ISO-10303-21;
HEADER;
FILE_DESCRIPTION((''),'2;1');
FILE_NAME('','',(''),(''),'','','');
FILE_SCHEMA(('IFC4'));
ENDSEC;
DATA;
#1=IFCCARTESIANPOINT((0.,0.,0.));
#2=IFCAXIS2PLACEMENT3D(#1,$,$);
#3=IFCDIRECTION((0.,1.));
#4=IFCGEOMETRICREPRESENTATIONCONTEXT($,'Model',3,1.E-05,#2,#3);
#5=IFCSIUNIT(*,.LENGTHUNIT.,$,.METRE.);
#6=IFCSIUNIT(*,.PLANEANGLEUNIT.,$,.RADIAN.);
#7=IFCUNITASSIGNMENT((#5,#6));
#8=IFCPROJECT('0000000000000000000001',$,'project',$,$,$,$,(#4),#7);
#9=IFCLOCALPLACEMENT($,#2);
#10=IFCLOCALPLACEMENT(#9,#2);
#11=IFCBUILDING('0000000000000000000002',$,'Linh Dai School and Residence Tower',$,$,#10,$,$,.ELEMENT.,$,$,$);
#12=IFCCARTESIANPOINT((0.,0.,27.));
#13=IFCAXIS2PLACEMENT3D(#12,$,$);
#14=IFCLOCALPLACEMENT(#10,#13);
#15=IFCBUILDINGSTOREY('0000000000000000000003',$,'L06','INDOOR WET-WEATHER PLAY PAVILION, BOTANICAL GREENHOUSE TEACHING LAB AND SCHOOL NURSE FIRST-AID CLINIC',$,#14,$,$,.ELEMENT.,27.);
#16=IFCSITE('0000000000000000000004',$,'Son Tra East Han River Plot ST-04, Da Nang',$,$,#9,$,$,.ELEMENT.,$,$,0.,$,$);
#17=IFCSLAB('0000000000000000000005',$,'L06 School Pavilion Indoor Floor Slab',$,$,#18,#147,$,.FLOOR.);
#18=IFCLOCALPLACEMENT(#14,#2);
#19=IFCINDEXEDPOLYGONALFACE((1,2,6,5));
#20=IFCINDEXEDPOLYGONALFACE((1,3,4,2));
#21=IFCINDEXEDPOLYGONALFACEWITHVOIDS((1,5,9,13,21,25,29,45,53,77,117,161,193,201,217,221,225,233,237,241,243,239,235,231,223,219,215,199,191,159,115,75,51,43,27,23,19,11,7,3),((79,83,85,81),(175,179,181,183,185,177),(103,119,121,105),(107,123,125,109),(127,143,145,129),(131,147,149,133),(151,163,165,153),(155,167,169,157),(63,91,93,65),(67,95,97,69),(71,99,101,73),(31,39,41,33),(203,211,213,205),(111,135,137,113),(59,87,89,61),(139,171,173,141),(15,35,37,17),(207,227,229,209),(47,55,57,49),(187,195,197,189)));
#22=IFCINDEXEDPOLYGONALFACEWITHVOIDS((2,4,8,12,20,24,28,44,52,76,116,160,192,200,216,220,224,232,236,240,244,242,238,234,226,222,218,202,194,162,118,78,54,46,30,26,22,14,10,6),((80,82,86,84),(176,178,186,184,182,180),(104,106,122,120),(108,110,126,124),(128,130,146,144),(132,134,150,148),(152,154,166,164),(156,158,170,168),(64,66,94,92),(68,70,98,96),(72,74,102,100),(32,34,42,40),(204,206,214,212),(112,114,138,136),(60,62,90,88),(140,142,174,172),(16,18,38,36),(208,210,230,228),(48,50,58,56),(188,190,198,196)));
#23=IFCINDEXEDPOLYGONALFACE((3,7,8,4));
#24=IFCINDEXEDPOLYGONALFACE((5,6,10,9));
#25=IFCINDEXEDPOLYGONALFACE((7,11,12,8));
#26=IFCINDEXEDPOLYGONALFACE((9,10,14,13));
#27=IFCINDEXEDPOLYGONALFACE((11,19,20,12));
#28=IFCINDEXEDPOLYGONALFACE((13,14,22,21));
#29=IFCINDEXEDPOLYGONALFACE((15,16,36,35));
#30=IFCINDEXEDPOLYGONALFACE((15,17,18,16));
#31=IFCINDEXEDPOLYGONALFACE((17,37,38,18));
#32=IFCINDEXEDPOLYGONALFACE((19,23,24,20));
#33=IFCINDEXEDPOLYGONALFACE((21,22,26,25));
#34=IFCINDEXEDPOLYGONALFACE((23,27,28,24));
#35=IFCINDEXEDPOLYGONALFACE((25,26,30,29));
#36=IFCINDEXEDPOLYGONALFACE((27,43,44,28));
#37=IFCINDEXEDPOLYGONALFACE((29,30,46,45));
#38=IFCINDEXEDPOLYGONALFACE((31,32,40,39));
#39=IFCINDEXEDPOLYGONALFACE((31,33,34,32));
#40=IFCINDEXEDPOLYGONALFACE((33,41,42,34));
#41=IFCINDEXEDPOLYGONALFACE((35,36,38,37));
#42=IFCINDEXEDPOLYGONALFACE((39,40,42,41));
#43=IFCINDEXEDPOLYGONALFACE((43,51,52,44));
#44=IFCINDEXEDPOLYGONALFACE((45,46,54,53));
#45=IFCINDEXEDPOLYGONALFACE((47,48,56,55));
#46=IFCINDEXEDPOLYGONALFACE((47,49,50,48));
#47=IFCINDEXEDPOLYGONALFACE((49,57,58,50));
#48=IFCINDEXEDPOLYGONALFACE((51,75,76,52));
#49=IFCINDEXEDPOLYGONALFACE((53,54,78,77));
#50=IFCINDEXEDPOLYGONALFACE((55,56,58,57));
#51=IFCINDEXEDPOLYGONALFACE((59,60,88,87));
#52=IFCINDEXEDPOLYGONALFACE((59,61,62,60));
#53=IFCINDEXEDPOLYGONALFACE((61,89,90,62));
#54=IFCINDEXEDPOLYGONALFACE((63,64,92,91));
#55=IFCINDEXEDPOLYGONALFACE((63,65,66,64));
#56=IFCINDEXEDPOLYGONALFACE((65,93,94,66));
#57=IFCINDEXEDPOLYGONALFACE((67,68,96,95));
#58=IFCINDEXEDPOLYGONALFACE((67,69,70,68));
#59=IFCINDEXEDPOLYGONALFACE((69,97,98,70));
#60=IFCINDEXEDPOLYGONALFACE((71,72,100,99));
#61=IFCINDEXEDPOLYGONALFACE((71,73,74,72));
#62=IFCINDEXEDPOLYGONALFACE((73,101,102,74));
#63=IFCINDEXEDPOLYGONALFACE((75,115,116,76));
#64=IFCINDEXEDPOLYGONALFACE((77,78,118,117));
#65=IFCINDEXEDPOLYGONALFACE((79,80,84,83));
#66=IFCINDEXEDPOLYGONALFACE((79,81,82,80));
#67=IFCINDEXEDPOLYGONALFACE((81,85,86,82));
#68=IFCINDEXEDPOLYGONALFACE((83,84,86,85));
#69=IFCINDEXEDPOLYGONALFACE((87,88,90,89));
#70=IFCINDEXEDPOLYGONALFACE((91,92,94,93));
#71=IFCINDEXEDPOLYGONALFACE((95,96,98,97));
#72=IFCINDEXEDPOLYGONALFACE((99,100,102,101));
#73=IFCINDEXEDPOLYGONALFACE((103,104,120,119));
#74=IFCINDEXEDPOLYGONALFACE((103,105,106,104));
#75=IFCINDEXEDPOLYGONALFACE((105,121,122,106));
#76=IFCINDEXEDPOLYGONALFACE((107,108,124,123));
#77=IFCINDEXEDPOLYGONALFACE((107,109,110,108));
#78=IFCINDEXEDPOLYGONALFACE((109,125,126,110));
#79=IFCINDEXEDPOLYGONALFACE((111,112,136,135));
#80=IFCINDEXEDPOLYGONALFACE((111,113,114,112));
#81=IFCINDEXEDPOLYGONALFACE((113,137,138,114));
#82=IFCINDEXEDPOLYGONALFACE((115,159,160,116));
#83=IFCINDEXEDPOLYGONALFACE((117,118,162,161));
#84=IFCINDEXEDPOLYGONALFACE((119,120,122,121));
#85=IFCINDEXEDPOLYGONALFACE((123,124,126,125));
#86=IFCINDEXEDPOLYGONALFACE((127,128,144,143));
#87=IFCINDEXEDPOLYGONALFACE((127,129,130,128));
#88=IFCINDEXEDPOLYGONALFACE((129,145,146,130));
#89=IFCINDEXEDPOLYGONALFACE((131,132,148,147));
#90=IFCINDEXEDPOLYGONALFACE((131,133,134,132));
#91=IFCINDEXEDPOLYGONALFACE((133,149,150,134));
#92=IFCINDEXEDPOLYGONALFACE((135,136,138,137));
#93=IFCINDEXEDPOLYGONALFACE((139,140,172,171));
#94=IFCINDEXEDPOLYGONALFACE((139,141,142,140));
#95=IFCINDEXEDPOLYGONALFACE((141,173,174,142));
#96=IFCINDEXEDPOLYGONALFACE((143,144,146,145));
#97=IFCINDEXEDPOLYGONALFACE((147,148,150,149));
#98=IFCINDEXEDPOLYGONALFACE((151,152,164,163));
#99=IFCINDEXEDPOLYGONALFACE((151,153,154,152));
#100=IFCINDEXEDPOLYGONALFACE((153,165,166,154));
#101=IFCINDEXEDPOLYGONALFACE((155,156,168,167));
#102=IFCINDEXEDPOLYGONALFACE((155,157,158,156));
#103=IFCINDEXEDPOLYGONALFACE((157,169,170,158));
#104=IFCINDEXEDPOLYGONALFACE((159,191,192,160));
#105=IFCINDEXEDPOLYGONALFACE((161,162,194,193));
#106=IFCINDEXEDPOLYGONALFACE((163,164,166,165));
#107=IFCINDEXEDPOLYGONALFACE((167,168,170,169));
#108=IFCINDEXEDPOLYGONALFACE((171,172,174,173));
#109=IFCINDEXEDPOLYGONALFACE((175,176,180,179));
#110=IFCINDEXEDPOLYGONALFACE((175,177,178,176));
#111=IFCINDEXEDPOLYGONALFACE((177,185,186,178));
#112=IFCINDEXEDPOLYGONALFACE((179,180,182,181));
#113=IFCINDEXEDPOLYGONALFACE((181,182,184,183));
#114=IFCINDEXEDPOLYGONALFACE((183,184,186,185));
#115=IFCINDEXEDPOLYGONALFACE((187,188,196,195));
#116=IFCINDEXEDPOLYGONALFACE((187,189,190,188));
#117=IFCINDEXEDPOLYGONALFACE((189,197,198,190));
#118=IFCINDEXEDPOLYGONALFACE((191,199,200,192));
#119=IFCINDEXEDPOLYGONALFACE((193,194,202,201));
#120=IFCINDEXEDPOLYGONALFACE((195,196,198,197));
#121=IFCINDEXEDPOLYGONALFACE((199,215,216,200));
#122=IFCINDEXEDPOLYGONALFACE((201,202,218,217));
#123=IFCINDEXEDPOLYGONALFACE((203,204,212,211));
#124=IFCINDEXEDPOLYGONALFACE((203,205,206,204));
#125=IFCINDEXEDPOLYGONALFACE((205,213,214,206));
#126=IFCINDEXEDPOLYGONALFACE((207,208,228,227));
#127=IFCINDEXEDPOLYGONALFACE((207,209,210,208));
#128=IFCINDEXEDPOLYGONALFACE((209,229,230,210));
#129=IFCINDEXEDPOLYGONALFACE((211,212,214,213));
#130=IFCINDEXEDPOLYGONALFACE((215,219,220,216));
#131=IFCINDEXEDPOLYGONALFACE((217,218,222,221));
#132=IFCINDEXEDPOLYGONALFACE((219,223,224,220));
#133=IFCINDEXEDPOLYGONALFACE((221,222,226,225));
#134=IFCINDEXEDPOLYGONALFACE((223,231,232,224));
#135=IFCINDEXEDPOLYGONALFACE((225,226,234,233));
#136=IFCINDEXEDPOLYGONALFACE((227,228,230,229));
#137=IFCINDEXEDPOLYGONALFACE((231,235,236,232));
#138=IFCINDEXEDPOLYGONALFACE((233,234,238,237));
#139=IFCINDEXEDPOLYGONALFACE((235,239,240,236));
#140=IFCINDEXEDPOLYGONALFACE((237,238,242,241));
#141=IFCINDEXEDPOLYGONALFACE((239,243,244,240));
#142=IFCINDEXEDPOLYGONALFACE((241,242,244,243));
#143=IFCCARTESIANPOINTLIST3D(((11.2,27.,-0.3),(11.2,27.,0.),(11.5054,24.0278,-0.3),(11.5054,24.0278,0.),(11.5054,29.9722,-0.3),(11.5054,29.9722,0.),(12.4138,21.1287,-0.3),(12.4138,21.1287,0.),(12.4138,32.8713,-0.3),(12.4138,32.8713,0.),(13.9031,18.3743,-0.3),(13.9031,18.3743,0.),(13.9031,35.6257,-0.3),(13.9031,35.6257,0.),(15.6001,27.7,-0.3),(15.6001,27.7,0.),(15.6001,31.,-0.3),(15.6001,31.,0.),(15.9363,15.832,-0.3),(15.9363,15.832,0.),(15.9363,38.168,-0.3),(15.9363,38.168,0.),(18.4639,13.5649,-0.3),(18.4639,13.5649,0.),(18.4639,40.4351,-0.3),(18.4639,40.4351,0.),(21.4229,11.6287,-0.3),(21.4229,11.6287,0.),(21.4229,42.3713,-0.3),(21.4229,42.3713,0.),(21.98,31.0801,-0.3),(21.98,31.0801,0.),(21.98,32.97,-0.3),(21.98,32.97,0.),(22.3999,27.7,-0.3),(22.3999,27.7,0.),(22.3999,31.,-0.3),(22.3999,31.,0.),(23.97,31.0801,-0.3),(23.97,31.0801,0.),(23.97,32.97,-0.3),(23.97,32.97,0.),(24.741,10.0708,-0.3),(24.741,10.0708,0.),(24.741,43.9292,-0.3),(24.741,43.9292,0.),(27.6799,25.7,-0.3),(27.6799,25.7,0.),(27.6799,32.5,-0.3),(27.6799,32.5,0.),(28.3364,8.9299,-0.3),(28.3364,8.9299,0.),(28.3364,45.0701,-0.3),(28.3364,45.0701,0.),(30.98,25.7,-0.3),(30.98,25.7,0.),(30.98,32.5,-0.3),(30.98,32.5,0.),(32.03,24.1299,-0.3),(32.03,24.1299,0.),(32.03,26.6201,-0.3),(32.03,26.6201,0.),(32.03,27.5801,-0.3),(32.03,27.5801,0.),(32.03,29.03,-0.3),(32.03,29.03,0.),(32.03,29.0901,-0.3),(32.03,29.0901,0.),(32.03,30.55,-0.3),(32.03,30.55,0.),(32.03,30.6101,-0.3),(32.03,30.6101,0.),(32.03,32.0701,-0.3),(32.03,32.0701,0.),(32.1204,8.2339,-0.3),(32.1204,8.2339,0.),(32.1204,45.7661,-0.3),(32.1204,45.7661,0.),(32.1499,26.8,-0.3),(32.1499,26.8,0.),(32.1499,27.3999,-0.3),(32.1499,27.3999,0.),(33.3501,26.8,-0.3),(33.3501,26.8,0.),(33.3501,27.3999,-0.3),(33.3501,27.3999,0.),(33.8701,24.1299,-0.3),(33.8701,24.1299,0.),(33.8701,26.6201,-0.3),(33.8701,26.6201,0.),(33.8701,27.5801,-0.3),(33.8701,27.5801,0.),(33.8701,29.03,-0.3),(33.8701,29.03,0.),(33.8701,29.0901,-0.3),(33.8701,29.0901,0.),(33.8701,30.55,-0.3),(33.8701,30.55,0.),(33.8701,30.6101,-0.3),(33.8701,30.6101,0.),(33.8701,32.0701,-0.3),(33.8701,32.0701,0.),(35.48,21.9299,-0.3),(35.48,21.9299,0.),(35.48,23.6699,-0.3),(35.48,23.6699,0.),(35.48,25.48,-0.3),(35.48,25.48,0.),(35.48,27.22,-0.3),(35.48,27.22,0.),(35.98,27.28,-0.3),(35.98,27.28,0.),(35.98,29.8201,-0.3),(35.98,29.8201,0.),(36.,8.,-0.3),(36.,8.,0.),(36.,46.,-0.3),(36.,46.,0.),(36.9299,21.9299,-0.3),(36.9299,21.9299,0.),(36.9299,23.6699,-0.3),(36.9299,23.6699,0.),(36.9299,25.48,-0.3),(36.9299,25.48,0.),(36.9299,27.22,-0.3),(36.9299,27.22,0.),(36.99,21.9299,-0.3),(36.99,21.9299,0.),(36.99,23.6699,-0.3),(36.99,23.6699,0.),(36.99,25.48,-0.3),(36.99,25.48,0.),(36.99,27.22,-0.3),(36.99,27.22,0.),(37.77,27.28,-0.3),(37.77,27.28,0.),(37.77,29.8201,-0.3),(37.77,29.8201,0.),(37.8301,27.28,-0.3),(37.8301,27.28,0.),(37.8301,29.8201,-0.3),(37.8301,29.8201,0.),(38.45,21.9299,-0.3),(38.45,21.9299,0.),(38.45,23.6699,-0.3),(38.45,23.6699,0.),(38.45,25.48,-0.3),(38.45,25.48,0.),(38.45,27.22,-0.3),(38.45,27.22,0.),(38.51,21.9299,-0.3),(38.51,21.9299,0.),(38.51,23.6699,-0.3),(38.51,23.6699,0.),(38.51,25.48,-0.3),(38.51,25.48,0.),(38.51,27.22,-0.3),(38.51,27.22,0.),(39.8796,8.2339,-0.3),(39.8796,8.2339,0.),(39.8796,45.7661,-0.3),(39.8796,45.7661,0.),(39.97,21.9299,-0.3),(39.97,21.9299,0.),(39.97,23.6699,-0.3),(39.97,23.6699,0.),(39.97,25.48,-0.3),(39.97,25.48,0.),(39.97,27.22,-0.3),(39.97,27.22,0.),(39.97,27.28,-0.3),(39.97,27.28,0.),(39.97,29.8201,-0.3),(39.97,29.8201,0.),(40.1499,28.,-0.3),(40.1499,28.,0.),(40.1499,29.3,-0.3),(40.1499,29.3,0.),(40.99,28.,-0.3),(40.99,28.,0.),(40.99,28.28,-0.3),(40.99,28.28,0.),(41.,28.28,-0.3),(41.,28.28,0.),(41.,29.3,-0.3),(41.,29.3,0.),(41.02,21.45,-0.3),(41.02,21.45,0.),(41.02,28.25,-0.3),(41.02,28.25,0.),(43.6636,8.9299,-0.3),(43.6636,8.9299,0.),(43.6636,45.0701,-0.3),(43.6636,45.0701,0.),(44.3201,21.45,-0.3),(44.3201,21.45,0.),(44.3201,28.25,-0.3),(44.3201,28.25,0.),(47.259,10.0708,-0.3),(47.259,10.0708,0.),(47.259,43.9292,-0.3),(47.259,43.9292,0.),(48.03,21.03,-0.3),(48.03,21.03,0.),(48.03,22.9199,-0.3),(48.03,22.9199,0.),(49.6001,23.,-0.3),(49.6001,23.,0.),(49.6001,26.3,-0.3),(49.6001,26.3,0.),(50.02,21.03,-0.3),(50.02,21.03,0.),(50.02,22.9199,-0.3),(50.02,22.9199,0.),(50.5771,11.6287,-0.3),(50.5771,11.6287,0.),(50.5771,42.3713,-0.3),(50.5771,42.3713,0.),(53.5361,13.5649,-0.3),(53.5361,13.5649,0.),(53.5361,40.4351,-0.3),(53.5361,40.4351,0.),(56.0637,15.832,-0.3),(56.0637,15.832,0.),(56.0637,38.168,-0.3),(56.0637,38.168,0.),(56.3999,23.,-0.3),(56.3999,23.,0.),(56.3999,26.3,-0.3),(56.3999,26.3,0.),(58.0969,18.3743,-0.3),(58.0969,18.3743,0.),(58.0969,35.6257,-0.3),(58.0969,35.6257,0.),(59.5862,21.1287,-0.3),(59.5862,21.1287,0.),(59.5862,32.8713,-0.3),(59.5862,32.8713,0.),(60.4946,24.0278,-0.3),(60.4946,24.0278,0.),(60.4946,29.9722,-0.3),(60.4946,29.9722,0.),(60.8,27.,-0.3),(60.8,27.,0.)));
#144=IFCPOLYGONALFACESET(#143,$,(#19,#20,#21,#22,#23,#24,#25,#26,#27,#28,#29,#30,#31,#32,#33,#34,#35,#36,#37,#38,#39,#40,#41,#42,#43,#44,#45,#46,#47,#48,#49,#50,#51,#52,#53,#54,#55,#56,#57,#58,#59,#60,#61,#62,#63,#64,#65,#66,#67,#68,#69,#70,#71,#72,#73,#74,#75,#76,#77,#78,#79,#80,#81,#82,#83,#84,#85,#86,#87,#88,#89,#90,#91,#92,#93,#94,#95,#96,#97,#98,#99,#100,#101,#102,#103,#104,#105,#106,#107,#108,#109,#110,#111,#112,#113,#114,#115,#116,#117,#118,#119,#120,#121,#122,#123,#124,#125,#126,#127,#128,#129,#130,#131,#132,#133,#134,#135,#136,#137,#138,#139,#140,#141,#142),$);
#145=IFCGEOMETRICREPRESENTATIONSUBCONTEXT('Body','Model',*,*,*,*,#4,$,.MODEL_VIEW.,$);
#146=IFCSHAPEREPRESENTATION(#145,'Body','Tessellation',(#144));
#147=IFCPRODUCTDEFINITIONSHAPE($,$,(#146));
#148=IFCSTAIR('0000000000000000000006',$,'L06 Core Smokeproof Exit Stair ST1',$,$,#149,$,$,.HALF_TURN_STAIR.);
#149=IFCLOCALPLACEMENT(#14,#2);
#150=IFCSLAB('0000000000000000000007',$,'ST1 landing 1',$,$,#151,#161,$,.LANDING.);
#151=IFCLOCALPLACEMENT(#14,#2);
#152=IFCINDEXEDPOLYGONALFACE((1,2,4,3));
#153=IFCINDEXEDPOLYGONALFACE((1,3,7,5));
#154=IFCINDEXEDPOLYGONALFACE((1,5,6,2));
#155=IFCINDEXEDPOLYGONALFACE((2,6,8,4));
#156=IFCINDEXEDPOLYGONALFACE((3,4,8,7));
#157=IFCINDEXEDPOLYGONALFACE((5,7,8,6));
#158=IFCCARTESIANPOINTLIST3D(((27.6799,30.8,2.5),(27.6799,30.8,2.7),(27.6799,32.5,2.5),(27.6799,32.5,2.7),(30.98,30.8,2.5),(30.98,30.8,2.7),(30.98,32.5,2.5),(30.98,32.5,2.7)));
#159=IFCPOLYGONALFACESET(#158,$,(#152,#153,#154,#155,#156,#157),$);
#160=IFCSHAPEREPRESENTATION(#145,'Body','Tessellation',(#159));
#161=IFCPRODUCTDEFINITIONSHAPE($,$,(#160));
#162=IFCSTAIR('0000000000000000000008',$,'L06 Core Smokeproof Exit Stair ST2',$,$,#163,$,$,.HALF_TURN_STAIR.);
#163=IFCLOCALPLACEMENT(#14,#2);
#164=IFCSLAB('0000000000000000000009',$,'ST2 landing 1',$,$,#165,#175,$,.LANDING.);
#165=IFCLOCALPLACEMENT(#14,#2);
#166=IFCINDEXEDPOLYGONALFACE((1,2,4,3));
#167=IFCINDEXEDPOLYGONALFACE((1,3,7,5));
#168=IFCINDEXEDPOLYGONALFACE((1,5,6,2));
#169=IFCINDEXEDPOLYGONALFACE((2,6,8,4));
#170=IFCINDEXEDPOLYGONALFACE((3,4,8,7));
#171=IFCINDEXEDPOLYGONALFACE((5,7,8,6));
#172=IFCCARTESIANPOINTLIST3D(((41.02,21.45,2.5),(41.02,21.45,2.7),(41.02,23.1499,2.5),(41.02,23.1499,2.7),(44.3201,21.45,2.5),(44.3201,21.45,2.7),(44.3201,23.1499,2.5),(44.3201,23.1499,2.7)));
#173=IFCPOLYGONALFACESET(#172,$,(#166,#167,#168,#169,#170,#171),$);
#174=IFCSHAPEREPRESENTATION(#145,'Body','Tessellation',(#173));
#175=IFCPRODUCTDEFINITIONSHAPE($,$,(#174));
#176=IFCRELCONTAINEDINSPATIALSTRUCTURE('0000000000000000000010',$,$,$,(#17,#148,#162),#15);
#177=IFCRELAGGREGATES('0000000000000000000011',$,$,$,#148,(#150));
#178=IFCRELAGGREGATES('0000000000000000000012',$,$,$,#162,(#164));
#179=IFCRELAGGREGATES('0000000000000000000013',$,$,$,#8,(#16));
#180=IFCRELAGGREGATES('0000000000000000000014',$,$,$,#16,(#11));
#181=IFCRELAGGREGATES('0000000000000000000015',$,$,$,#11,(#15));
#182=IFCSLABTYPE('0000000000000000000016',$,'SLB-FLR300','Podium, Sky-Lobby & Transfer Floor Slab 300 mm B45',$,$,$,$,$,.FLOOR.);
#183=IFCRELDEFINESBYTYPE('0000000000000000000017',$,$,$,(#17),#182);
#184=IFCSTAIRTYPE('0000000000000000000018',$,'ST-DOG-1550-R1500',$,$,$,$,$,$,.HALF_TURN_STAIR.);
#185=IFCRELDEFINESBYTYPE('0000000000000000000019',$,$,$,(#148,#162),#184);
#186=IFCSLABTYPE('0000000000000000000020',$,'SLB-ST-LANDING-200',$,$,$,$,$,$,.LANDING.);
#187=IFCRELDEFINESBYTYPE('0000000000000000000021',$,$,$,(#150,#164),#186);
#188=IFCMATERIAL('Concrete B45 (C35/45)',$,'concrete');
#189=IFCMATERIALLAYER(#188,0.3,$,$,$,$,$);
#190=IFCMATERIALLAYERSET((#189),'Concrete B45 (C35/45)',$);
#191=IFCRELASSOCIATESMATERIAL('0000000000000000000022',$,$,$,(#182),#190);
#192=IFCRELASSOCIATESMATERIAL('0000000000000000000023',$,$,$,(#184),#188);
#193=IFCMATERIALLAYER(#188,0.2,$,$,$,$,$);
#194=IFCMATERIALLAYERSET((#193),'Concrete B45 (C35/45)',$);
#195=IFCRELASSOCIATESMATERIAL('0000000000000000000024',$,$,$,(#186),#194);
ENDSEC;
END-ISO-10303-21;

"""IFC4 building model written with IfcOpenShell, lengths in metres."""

from ifc_helpers import new_model, si_unit, direction, frame, origin, place, context, subcontext, project, spatial, polyline, outline, extrude, material, layer, layer_set, type_object, element, aggregate, save


model = new_model("IFC4")

# Units and contexts
model_context = context("Model", 3, precision=1e-05, world=origin(), true_north=direction((0.0, 1.0)))
body_context = subcontext(model_context, "Body", "Model", "MODEL_VIEW")
ifc_project = project(units=[si_unit("LENGTHUNIT", "METRE"), si_unit("PLANEANGLEUNIT", "RADIAN")], contexts=[model_context])

# Site, building, storey
site_placement = place(None, origin())
site = spatial("IfcSite", under=ifc_project, at=site_placement, Name="Son Tra East Han River Plot ST-04, Da Nang", CompositionType="ELEMENT", RefElevation=0.0)
building_placement = place(site_placement, origin())
building = spatial("IfcBuilding", under=site, at=building_placement, Name="Linh Dai School and Residence Tower", CompositionType="ELEMENT")
storey_placement = place(building_placement, frame((0.0, 0.0, 27.0)))
storey = spatial("IfcBuildingStorey", under=building, at=storey_placement, Name="L06", Description="INDOOR WET-WEATHER PLAY PAVILION, BOTANICAL GREENHOUSE TEACHING LAB AND SCHOOL NURSE FIRST-AID CLINIC", CompositionType="ELEMENT", Elevation=27.0)

# Slab
ifc_material_1 = material(Name="Concrete B45 (C35/45)", Category="concrete")
ifc_layer_1 = layer(ifc_material_1, 0.3)
ifc_layer_set_1 = layer_set([ifc_layer_1], Name="Concrete B45 (C35/45)")
slab_type_1 = type_object("IfcSlabType", Name="SLB-FLR300", Description="Podium, Sky-Lobby & Transfer Floor Slab 300 mm B45", PredefinedType="FLOOR", material=ifc_layer_set_1)
slab_1_placement = place(storey_placement, frame((0.0, 0.0, -0.3)))
element("IfcSlab", 1, at=slab_1_placement, inside=storey, type_object=slab_type_1, Name="L06 School Pavilion Indoor Floor Slab", PredefinedType="FLOOR", context=body_context, shape_type="SweptSolid", body=[
    extrude(outline(polyline([(60.8, 27.0), (60.4946, 29.9722), (59.5862, 32.8713), (58.0969, 35.6257), (56.0637, 38.168), (53.5361, 40.4351), (50.5771, 42.3713), (47.259, 43.9292), (43.6636, 45.0701), (39.8796, 45.7661), (36.0, 46.0), (32.1204, 45.7661), (28.3364, 45.0701), (24.741, 43.9292), (21.4229, 42.3713), (18.4639, 40.4351), (15.9363, 38.168), (13.9031, 35.6257), (12.4138, 32.8713), (11.5054, 29.9722), (11.2, 27.0), (11.5054, 24.0278), (12.4138, 21.1287), (13.9031, 18.3743), (15.9363, 15.832), (18.4639, 13.5649), (21.4229, 11.6287), (24.741, 10.0708), (28.3364, 8.9299), (32.1204, 8.2339), (36.0, 8.0), (39.8796, 8.2339), (43.6636, 8.9299), (47.259, 10.0708), (50.5771, 11.6287), (53.5361, 13.5649), (56.0637, 15.832), (58.0969, 18.3743), (59.5862, 21.1287), (60.4946, 24.0278), (60.8, 27.0)]), holes=[polyline([(30.98, 25.7), (30.98, 32.5), (27.6799, 32.5), (27.6799, 25.7), (30.98, 25.7)]), polyline([(41.02, 28.25), (41.02, 21.45), (44.3201, 21.45), (44.3201, 28.25), (41.02, 28.25)]), polyline([(22.3999, 31.0), (15.6001, 31.0), (15.6001, 27.7), (22.3999, 27.7), (22.3999, 31.0)]), polyline([(49.6001, 23.0), (56.3999, 23.0), (56.3999, 26.3), (49.6001, 26.3), (49.6001, 23.0)]), polyline([(35.98, 27.28), (37.77, 27.28), (37.77, 29.8201), (35.98, 29.8201), (35.98, 27.28)]), polyline([(32.03, 24.1299), (33.8701, 24.1299), (33.8701, 26.6201), (32.03, 26.6201), (32.03, 24.1299)]), polyline([(37.8301, 27.28), (39.97, 27.28), (39.97, 29.8201), (37.8301, 29.8201), (37.8301, 27.28)]), polyline([(35.48, 21.9299), (36.9299, 21.9299), (36.9299, 23.6699), (35.48, 23.6699), (35.48, 21.9299)]), polyline([(36.99, 21.9299), (38.45, 21.9299), (38.45, 23.6699), (36.99, 23.6699), (36.99, 21.9299)]), polyline([(38.51, 21.9299), (39.97, 21.9299), (39.97, 23.6699), (38.51, 23.6699), (38.51, 21.9299)]), polyline([(32.03, 27.5801), (33.8701, 27.5801), (33.8701, 29.03), (32.03, 29.03), (32.03, 27.5801)]), polyline([(32.03, 29.0901), (33.8701, 29.0901), (33.8701, 30.55), (32.03, 30.55), (32.03, 29.0901)]), polyline([(32.03, 30.6101), (33.8701, 30.6101), (33.8701, 32.0701), (32.03, 32.0701), (32.03, 30.6101)]), polyline([(35.48, 25.48), (36.9299, 25.48), (36.9299, 27.22), (35.48, 27.22), (35.48, 25.48)]), polyline([(36.99, 25.48), (38.45, 25.48), (38.45, 27.22), (36.99, 27.22), (36.99, 25.48)]), polyline([(38.51, 25.48), (39.97, 25.48), (39.97, 27.22), (38.51, 27.22), (38.51, 25.48)]), polyline([(21.98, 31.0801), (23.97, 31.0801), (23.97, 32.97), (21.98, 32.97), (21.98, 31.0801)]), polyline([(48.03, 21.03), (50.02, 21.03), (50.02, 22.9199), (48.03, 22.9199), (48.03, 21.03)]), polyline([(40.1499, 28.0), (40.1499, 29.3), (41.0, 29.3), (41.0, 28.28), (40.99, 28.28), (40.99, 28.0), (40.1499, 28.0)]), polyline([(32.1499, 26.8), (33.3501, 26.8), (33.3501, 27.3999), (32.1499, 27.3999), (32.1499, 26.8)])]), origin(), (0.0, 0.0, 1.0), 0.3),
])

# Stairs, slabs
stair_type = type_object("IfcStairType", Name="ST-DOG-1550-R1500", PredefinedType="HALF_TURN_STAIR", material=ifc_material_1)
stair_1_placement = place(storey_placement, origin())
stair_1 = element("IfcStair", 2, at=stair_1_placement, inside=storey, type_object=stair_type, Name="L06 Core Smokeproof Exit Stair ST1", PredefinedType="HALF_TURN_STAIR")
ifc_layer_2 = layer(ifc_material_1, 0.2)
ifc_layer_set_2 = layer_set([ifc_layer_2], Name="Concrete B45 (C35/45)")
slab_type_2 = type_object("IfcSlabType", Name="SLB-ST-LANDING-200", PredefinedType="LANDING", material=ifc_layer_set_2)
slab_2_placement = place(storey_placement, frame((0.0, 0.0, 2.5)))
slab_2 = element("IfcSlab", 3, at=slab_2_placement, type_object=slab_type_2, Name="ST1 landing 1", PredefinedType="LANDING", context=body_context, shape_type="SweptSolid", body=[
    extrude(outline(polyline([(30.98, 30.8), (30.98, 32.5), (27.6799, 32.5), (27.6799, 30.8), (30.98, 30.8)])), origin(), (0.0, 0.0, 1.0), 0.2),
])
aggregate(stair_1, [slab_2])
stair_2_placement = place(storey_placement, origin())
stair_2 = element("IfcStair", 4, at=stair_2_placement, inside=storey, type_object=stair_type, Name="L06 Core Smokeproof Exit Stair ST2", PredefinedType="HALF_TURN_STAIR")
slab_3_placement = place(storey_placement, frame((0.0, 0.0, 2.5)))
slab_3 = element("IfcSlab", 5, at=slab_3_placement, type_object=slab_type_2, Name="ST2 landing 1", PredefinedType="LANDING", context=body_context, shape_type="SweptSolid", body=[
    extrude(outline(polyline([(41.02, 23.1499), (41.02, 21.45), (44.3201, 21.45), (44.3201, 23.1499), (41.02, 23.1499)])), origin(), (0.0, 0.0, 1.0), 0.2),
])
aggregate(stair_2, [slab_3])

save(model, "model.ifc")
